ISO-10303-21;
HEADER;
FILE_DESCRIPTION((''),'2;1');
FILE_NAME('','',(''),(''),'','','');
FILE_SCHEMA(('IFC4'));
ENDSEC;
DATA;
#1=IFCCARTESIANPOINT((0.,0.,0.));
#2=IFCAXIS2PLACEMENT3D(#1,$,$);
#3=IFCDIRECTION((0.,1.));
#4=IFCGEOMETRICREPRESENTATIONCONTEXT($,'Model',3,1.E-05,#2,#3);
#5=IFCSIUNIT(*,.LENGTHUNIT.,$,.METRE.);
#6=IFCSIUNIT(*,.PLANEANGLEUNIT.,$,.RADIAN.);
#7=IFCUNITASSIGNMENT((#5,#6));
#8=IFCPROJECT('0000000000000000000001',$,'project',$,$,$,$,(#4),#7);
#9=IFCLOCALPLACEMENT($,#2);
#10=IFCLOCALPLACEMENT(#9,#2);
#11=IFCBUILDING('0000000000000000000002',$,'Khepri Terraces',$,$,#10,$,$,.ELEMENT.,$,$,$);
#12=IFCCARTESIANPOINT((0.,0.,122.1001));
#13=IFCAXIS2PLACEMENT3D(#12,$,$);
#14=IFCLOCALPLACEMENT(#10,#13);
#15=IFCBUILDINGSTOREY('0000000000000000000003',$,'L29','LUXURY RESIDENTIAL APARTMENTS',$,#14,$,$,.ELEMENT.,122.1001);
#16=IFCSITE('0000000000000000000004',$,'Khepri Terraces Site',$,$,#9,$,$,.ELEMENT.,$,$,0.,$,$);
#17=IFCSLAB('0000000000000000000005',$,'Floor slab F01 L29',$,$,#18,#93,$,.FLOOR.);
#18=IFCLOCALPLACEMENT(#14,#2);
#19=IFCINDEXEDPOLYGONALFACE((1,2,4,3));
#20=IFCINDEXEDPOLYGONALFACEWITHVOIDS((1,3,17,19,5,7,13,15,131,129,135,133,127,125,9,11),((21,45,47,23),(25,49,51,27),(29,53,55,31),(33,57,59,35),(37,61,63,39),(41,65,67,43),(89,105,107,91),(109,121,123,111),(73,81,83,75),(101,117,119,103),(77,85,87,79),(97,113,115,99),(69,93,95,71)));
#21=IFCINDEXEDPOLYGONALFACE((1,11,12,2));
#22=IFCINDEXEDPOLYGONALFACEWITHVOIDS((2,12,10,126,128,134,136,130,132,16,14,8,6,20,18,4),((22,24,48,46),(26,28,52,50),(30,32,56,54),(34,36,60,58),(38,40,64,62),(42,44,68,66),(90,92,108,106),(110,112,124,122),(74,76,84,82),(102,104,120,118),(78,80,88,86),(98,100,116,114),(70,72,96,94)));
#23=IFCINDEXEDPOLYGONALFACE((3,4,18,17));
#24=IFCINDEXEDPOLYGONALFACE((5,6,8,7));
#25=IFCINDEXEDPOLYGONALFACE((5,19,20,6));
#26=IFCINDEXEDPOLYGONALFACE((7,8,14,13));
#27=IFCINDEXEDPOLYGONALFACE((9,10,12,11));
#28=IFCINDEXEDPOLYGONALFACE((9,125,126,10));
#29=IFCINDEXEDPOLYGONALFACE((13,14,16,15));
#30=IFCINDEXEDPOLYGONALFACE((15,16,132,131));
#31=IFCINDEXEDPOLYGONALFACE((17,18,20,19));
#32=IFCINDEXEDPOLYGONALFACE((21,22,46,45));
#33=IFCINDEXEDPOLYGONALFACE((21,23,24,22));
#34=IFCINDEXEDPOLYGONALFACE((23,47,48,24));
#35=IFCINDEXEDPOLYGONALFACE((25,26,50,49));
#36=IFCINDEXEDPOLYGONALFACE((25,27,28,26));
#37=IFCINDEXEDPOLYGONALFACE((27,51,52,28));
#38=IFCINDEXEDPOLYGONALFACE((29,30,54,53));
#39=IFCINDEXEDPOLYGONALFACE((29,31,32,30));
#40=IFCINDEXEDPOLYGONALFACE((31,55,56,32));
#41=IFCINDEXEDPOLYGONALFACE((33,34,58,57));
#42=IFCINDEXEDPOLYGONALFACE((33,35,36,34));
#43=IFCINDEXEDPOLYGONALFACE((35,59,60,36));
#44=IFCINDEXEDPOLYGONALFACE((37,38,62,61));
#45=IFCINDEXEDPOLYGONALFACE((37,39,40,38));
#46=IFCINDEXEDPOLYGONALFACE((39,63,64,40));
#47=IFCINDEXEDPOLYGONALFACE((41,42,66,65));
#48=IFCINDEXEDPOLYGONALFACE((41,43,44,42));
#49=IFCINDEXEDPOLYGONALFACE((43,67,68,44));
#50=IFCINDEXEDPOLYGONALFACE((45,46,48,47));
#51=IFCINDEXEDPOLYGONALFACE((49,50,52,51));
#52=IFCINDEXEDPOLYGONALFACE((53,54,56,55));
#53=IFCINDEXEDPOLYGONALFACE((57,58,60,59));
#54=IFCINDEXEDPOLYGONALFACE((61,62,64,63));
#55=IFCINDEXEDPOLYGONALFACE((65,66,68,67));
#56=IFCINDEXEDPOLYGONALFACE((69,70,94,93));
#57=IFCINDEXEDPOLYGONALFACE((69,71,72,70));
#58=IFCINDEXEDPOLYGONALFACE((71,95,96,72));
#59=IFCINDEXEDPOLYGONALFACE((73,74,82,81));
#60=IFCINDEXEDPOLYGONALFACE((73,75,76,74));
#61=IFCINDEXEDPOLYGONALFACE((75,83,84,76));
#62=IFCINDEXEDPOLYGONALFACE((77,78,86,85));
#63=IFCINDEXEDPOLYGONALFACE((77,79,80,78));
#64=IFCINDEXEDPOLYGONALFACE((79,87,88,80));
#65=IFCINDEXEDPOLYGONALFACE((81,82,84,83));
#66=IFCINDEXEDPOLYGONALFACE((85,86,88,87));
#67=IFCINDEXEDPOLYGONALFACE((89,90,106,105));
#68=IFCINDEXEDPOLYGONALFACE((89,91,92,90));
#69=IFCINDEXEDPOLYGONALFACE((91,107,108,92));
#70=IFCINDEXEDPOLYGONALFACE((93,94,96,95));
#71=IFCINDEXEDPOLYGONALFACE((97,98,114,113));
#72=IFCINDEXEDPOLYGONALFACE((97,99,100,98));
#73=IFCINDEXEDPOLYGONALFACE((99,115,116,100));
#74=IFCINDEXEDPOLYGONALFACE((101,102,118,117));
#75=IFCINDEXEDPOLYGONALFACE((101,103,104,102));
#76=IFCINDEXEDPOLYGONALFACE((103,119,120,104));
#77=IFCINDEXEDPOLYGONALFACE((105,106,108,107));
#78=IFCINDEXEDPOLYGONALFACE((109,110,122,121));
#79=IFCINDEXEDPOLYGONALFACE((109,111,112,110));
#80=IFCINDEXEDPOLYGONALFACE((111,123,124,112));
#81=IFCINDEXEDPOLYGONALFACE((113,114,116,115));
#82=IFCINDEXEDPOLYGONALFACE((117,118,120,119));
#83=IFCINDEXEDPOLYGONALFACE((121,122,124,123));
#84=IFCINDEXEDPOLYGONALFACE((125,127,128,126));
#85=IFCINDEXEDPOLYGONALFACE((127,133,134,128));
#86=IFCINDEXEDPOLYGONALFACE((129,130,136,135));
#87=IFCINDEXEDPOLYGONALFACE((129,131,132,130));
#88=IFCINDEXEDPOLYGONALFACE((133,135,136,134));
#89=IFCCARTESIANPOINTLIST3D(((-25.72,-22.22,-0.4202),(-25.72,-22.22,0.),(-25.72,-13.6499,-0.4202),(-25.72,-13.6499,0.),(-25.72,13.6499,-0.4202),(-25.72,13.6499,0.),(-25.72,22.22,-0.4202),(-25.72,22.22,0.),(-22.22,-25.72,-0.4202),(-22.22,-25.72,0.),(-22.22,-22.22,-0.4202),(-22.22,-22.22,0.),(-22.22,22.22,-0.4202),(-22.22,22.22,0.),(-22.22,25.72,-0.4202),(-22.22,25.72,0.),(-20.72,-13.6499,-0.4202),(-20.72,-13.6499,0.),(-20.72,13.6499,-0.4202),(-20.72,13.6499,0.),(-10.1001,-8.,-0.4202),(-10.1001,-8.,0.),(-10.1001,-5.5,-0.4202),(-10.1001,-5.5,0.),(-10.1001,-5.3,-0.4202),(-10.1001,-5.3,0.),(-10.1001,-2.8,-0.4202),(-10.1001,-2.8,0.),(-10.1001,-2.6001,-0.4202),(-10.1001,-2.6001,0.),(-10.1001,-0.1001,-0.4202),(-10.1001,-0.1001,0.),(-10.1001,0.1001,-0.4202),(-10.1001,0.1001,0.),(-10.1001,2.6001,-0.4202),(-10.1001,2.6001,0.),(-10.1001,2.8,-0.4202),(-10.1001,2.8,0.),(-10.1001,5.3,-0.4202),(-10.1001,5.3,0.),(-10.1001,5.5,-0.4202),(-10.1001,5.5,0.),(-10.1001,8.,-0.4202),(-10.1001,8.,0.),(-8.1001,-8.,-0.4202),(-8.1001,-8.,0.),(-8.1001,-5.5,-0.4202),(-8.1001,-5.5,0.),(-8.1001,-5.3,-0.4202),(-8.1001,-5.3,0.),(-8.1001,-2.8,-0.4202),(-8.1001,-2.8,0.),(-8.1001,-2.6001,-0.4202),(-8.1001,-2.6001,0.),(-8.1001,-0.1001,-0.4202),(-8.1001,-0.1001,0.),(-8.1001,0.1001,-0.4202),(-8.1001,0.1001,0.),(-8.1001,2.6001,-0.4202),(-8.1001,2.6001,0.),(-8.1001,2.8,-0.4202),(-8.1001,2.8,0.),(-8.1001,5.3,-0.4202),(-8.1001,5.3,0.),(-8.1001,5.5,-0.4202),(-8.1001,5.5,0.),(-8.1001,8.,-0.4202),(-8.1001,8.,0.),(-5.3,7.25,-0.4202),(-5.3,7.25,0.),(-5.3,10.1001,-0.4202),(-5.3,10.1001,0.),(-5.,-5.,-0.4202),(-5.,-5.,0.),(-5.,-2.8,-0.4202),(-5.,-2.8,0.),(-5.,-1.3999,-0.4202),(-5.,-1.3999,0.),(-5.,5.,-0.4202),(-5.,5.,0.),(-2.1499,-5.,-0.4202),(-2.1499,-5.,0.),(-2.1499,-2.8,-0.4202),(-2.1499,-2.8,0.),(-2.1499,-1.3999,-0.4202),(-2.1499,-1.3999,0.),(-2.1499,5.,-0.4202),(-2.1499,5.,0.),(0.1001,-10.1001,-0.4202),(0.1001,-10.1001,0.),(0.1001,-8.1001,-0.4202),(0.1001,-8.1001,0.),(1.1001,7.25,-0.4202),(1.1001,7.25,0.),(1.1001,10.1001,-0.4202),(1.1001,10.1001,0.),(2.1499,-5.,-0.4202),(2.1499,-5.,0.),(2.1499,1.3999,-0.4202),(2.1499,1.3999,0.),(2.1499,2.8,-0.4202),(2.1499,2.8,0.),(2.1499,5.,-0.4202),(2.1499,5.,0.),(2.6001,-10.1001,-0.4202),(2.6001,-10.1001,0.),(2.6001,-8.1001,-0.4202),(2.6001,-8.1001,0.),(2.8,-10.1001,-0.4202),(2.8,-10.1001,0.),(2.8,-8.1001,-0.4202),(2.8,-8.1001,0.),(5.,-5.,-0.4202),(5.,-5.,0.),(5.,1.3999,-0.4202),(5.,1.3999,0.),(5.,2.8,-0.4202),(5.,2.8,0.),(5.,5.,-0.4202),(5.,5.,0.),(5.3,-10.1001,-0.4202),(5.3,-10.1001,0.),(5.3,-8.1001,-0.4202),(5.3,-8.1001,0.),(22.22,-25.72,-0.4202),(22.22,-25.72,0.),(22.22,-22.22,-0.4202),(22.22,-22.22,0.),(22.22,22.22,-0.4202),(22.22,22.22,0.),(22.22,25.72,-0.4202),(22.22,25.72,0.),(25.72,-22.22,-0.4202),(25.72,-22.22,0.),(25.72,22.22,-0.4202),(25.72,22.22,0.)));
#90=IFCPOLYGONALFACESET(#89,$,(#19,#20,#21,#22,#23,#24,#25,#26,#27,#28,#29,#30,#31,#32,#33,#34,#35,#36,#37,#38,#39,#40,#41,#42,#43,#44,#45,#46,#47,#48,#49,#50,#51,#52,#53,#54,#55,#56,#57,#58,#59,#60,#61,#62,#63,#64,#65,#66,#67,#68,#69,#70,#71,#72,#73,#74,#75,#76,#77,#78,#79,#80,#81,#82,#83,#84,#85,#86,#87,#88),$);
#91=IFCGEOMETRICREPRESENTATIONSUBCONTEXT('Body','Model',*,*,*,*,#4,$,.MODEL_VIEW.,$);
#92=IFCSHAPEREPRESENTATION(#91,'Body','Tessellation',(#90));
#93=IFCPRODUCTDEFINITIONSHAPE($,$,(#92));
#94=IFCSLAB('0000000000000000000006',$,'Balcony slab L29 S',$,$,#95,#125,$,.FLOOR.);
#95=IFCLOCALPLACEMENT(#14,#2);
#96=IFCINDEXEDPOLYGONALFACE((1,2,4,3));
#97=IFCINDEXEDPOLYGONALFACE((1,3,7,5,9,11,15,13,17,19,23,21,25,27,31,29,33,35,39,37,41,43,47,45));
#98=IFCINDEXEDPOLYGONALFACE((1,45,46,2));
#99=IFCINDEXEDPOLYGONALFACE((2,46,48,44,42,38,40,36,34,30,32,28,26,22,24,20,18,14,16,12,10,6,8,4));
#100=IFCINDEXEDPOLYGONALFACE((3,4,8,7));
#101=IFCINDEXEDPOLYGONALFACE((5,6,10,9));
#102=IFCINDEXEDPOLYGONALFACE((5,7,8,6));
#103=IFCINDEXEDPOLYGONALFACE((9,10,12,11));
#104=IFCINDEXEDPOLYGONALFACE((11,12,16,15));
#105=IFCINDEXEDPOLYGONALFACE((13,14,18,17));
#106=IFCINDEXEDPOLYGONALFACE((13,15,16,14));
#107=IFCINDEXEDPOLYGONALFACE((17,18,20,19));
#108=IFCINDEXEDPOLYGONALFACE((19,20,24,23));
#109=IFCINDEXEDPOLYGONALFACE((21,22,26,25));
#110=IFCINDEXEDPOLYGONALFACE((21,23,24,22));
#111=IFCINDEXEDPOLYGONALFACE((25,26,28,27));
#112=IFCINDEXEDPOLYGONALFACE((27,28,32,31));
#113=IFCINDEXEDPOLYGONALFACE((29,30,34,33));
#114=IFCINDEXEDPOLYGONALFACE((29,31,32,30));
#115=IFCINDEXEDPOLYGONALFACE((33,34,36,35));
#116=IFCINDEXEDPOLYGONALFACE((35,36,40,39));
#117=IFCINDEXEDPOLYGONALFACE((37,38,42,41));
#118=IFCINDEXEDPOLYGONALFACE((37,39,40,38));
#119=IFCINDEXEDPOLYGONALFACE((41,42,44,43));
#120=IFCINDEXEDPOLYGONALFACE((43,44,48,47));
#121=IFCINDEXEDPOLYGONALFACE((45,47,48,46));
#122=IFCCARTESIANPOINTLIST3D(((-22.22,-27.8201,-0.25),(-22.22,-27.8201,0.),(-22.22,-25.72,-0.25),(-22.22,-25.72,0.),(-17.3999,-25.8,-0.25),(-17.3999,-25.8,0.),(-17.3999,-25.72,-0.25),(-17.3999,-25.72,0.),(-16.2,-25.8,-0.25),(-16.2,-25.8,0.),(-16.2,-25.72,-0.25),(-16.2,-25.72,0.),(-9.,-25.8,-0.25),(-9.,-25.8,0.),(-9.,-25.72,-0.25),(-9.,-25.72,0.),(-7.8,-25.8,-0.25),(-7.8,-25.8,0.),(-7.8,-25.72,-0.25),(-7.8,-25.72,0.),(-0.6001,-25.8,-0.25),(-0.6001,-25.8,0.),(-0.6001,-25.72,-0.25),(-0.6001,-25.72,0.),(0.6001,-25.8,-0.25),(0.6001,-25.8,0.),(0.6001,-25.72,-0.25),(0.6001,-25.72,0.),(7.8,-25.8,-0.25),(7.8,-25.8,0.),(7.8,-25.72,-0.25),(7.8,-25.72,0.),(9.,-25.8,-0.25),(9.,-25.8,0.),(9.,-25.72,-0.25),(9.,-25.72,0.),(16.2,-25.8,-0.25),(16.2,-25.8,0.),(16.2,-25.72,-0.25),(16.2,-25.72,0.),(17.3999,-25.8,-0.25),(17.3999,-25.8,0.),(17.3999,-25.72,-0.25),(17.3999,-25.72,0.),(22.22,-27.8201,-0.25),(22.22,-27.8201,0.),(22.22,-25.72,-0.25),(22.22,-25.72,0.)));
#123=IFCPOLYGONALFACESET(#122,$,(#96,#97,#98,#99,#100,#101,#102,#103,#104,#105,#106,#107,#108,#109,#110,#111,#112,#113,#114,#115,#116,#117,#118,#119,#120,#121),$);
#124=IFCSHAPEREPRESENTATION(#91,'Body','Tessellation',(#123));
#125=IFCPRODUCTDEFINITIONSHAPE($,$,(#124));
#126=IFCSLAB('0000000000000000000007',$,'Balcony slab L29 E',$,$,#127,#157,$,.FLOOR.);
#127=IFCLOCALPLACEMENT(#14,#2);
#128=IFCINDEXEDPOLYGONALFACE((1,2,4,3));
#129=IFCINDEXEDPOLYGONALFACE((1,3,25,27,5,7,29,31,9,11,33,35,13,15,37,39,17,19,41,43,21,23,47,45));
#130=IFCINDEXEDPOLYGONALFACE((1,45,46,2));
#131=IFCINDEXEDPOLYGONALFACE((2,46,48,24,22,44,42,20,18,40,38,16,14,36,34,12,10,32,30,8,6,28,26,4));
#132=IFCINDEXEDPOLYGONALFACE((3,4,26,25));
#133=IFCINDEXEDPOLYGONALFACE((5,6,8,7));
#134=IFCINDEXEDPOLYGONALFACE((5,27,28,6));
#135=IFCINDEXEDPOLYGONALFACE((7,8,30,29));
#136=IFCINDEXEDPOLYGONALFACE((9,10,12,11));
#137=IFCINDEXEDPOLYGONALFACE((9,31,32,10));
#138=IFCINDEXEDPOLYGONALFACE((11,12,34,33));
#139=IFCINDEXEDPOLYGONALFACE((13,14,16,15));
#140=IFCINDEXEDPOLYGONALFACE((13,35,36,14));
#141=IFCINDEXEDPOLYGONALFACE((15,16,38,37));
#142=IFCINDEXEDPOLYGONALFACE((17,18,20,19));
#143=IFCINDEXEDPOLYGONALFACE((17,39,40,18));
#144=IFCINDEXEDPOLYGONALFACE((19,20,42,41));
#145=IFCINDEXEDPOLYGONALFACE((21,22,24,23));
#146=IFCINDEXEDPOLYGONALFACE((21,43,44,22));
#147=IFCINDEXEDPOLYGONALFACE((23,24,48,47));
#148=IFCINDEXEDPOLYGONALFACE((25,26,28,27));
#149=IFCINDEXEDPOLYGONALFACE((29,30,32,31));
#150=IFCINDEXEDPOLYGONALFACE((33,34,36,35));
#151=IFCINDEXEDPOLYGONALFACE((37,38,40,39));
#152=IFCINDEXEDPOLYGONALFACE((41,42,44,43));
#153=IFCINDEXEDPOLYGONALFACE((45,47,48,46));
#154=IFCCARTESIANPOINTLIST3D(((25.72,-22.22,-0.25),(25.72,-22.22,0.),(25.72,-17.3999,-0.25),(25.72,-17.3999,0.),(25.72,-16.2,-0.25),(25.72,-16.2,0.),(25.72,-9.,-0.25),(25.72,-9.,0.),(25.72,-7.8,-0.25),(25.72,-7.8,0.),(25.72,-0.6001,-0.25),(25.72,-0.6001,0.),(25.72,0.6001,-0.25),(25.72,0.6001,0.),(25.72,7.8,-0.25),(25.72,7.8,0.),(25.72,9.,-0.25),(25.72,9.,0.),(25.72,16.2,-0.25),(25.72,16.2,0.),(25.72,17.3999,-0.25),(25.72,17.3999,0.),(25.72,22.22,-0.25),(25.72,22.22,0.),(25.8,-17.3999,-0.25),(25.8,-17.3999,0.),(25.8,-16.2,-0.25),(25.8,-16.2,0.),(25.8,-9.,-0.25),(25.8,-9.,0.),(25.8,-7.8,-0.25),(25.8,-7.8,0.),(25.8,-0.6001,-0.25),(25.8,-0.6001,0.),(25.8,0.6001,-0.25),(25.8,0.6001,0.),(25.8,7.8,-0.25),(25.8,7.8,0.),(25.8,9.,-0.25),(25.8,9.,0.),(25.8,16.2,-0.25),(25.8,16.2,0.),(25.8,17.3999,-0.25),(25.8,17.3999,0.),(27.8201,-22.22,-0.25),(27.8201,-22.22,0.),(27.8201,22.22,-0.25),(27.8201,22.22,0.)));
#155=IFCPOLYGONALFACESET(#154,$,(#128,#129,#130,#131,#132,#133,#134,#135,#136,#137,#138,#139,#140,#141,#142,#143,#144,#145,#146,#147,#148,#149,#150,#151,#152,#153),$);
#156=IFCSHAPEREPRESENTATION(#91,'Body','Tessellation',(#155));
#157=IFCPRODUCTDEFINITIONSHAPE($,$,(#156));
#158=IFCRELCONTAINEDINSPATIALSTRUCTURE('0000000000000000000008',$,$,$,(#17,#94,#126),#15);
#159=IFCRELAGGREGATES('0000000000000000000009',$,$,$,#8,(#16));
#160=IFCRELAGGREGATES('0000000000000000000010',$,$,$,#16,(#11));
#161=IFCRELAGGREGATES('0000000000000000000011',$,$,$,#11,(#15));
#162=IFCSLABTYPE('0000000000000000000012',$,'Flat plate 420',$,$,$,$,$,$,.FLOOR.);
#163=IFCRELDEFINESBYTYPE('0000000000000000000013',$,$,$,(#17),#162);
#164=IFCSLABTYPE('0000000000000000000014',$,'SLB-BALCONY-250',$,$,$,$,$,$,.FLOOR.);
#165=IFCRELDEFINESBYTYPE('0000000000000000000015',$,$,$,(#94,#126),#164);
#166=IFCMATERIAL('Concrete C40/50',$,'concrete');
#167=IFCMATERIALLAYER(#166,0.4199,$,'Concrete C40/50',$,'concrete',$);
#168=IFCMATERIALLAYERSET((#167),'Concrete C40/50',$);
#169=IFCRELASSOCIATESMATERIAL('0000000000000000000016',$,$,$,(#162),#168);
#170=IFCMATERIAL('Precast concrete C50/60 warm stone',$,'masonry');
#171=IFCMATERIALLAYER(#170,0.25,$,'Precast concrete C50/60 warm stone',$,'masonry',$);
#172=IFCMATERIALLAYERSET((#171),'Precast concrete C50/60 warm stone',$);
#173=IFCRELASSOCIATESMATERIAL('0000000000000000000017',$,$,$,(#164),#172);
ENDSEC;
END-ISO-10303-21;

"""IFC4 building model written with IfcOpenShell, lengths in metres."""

from ifc_helpers import new_model, si_unit, direction, frame, origin, place, context, subcontext, project, spatial, polyline, outline, extrude, material, layer, layer_set, type_object, element, save


model = new_model("IFC4")

# Units and contexts
model_context = context("Model", 3, precision=1e-05, world=origin(), true_north=direction((0.0, 1.0)))
body_context = subcontext(model_context, "Body", "Model", "MODEL_VIEW")
ifc_project = project(units=[si_unit("LENGTHUNIT", "METRE"), si_unit("PLANEANGLEUNIT", "RADIAN")], contexts=[model_context])

# Site, building, storey
site_placement = place(None, origin())
site = spatial("IfcSite", under=ifc_project, at=site_placement, Name="Khepri Terraces Site", CompositionType="ELEMENT", RefElevation=0.0)
building_placement = place(site_placement, origin())
building = spatial("IfcBuilding", under=site, at=building_placement, Name="Khepri Terraces", CompositionType="ELEMENT")
storey_placement = place(building_placement, frame((0.0, 0.0, 122.1001)))
storey = spatial("IfcBuildingStorey", under=building, at=storey_placement, Name="L29", Description="LUXURY RESIDENTIAL APARTMENTS", CompositionType="ELEMENT", Elevation=122.1001)

# Slabs
ifc_material_1 = material(Name="Concrete C40/50", Category="concrete")
ifc_layer_1 = layer(ifc_material_1, 0.4199, Name="Concrete C40/50", Category="concrete")
ifc_layer_set_1 = layer_set([ifc_layer_1], Name="Concrete C40/50")
slab_type_1 = type_object("IfcSlabType", Name="Flat plate 420", PredefinedType="FLOOR", material=ifc_layer_set_1)
slab_1_placement = place(storey_placement, frame((0.0, 0.0, -0.4202)))
element("IfcSlab", 1, at=slab_1_placement, inside=storey, type_object=slab_type_1, Name="Floor slab F01 L29", PredefinedType="FLOOR", context=body_context, shape_type="SweptSolid", body=[
    extrude(outline(polyline([(22.22, 22.22), (25.72, 22.22), (25.72, -22.22), (22.22, -22.22), (22.22, -25.72), (-22.22, -25.72), (-22.22, -22.22), (-25.72, -22.22), (-25.72, -13.6499), (-20.72, -13.6499), (-20.72, 13.6499), (-25.72, 13.6499), (-25.72, 22.22), (-22.22, 22.22), (-22.22, 25.72), (22.22, 25.72), (22.22, 22.22)]), holes=[polyline([(5.0, 5.0), (2.1499, 5.0), (2.1499, 2.8), (5.0, 2.8), (5.0, 5.0)]), polyline([(-2.1499, -5.0), (-2.1499, -2.8), (-5.0, -2.8), (-5.0, -5.0), (-2.1499, -5.0)]), polyline([(-10.1001, -8.0), (-8.1001, -8.0), (-8.1001, -5.5), (-10.1001, -5.5), (-10.1001, -8.0)]), polyline([(-10.1001, -2.8), (-10.1001, -5.3), (-8.1001, -5.3), (-8.1001, -2.8), (-10.1001, -2.8)]), polyline([(-8.1001, -0.1001), (-10.1001, -0.1001), (-10.1001, -2.6001), (-8.1001, -2.6001), (-8.1001, -0.1001)]), polyline([(-8.1001, 0.1001), (-8.1001, 2.6001), (-10.1001, 2.6001), (-10.1001, 0.1001), (-8.1001, 0.1001)]), polyline([(-10.1001, 2.8), (-8.1001, 2.8), (-8.1001, 5.3), (-10.1001, 5.3), (-10.1001, 2.8)]), polyline([(-10.1001, 8.0), (-10.1001, 5.5), (-8.1001, 5.5), (-8.1001, 8.0), (-10.1001, 8.0)]), polyline([(2.6001, -8.1001), (0.1001, -8.1001), (0.1001, -10.1001), (2.6001, -10.1001), (2.6001, -8.1001)]), polyline([(5.3, -10.1001), (5.3, -8.1001), (2.8, -8.1001), (2.8, -10.1001), (5.3, -10.1001)]), polyline([(-5.0, -1.3999), (-2.1499, -1.3999), (-2.1499, 5.0), (-5.0, 5.0), (-5.0, -1.3999)]), polyline([(5.0, -5.0), (5.0, 1.3999), (2.1499, 1.3999), (2.1499, -5.0), (5.0, -5.0)]), polyline([(-5.3, 10.1001), (-5.3, 7.25), (1.1001, 7.25), (1.1001, 10.1001), (-5.3, 10.1001)])]), origin(), (0.0, 0.0, 1.0), 0.4202),
])
ifc_material_2 = material(Name="Precast concrete C50/60 warm stone", Category="masonry")
ifc_layer_2 = layer(ifc_material_2, 0.25, Name="Precast concrete C50/60 warm stone", Category="masonry")
ifc_layer_set_2 = layer_set([ifc_layer_2], Name="Precast concrete C50/60 warm stone")
slab_type_2 = type_object("IfcSlabType", Name="SLB-BALCONY-250", PredefinedType="FLOOR", material=ifc_layer_set_2)
slab_2_placement = place(storey_placement, frame((0.0, 0.0, -0.25)))
element("IfcSlab", 2, at=slab_2_placement, inside=storey, type_object=slab_type_2, Name="Balcony slab L29 S", PredefinedType="FLOOR", context=body_context, shape_type="SweptSolid", body=[
    extrude(outline(polyline([(-17.3999, -25.72), (-22.22, -25.72), (-22.22, -27.8201), (22.22, -27.8201), (22.22, -25.72), (17.3999, -25.72), (17.3999, -25.8), (16.2, -25.8), (16.2, -25.72), (9.0, -25.72), (9.0, -25.8), (7.8, -25.8), (7.8, -25.72), (0.6001, -25.72), (0.6001, -25.8), (-0.6001, -25.8), (-0.6001, -25.72), (-7.8, -25.72), (-7.8, -25.8), (-9.0, -25.8), (-9.0, -25.72), (-16.2, -25.72), (-16.2, -25.8), (-17.3999, -25.8), (-17.3999, -25.72)])), origin(), (0.0, 0.0, 1.0), 0.25),
])
slab_3_placement = place(storey_placement, frame((0.0, 0.0, -0.25)))
element("IfcSlab", 3, at=slab_3_placement, inside=storey, type_object=slab_type_2, Name="Balcony slab L29 E", PredefinedType="FLOOR", context=body_context, shape_type="SweptSolid", body=[
    extrude(outline(polyline([(25.72, -17.3999), (25.72, -22.22), (27.8201, -22.22), (27.8201, 22.22), (25.72, 22.22), (25.72, 17.3999), (25.8, 17.3999), (25.8, 16.2), (25.72, 16.2), (25.72, 9.0), (25.8, 9.0), (25.8, 7.8), (25.72, 7.8), (25.72, 0.6001), (25.8, 0.6001), (25.8, -0.6001), (25.72, -0.6001), (25.72, -7.8), (25.8, -7.8), (25.8, -9.0), (25.72, -9.0), (25.72, -16.2), (25.8, -16.2), (25.8, -17.3999), (25.72, -17.3999)])), origin(), (0.0, 0.0, 1.0), 0.25),
])

save(model, "model.ifc")
